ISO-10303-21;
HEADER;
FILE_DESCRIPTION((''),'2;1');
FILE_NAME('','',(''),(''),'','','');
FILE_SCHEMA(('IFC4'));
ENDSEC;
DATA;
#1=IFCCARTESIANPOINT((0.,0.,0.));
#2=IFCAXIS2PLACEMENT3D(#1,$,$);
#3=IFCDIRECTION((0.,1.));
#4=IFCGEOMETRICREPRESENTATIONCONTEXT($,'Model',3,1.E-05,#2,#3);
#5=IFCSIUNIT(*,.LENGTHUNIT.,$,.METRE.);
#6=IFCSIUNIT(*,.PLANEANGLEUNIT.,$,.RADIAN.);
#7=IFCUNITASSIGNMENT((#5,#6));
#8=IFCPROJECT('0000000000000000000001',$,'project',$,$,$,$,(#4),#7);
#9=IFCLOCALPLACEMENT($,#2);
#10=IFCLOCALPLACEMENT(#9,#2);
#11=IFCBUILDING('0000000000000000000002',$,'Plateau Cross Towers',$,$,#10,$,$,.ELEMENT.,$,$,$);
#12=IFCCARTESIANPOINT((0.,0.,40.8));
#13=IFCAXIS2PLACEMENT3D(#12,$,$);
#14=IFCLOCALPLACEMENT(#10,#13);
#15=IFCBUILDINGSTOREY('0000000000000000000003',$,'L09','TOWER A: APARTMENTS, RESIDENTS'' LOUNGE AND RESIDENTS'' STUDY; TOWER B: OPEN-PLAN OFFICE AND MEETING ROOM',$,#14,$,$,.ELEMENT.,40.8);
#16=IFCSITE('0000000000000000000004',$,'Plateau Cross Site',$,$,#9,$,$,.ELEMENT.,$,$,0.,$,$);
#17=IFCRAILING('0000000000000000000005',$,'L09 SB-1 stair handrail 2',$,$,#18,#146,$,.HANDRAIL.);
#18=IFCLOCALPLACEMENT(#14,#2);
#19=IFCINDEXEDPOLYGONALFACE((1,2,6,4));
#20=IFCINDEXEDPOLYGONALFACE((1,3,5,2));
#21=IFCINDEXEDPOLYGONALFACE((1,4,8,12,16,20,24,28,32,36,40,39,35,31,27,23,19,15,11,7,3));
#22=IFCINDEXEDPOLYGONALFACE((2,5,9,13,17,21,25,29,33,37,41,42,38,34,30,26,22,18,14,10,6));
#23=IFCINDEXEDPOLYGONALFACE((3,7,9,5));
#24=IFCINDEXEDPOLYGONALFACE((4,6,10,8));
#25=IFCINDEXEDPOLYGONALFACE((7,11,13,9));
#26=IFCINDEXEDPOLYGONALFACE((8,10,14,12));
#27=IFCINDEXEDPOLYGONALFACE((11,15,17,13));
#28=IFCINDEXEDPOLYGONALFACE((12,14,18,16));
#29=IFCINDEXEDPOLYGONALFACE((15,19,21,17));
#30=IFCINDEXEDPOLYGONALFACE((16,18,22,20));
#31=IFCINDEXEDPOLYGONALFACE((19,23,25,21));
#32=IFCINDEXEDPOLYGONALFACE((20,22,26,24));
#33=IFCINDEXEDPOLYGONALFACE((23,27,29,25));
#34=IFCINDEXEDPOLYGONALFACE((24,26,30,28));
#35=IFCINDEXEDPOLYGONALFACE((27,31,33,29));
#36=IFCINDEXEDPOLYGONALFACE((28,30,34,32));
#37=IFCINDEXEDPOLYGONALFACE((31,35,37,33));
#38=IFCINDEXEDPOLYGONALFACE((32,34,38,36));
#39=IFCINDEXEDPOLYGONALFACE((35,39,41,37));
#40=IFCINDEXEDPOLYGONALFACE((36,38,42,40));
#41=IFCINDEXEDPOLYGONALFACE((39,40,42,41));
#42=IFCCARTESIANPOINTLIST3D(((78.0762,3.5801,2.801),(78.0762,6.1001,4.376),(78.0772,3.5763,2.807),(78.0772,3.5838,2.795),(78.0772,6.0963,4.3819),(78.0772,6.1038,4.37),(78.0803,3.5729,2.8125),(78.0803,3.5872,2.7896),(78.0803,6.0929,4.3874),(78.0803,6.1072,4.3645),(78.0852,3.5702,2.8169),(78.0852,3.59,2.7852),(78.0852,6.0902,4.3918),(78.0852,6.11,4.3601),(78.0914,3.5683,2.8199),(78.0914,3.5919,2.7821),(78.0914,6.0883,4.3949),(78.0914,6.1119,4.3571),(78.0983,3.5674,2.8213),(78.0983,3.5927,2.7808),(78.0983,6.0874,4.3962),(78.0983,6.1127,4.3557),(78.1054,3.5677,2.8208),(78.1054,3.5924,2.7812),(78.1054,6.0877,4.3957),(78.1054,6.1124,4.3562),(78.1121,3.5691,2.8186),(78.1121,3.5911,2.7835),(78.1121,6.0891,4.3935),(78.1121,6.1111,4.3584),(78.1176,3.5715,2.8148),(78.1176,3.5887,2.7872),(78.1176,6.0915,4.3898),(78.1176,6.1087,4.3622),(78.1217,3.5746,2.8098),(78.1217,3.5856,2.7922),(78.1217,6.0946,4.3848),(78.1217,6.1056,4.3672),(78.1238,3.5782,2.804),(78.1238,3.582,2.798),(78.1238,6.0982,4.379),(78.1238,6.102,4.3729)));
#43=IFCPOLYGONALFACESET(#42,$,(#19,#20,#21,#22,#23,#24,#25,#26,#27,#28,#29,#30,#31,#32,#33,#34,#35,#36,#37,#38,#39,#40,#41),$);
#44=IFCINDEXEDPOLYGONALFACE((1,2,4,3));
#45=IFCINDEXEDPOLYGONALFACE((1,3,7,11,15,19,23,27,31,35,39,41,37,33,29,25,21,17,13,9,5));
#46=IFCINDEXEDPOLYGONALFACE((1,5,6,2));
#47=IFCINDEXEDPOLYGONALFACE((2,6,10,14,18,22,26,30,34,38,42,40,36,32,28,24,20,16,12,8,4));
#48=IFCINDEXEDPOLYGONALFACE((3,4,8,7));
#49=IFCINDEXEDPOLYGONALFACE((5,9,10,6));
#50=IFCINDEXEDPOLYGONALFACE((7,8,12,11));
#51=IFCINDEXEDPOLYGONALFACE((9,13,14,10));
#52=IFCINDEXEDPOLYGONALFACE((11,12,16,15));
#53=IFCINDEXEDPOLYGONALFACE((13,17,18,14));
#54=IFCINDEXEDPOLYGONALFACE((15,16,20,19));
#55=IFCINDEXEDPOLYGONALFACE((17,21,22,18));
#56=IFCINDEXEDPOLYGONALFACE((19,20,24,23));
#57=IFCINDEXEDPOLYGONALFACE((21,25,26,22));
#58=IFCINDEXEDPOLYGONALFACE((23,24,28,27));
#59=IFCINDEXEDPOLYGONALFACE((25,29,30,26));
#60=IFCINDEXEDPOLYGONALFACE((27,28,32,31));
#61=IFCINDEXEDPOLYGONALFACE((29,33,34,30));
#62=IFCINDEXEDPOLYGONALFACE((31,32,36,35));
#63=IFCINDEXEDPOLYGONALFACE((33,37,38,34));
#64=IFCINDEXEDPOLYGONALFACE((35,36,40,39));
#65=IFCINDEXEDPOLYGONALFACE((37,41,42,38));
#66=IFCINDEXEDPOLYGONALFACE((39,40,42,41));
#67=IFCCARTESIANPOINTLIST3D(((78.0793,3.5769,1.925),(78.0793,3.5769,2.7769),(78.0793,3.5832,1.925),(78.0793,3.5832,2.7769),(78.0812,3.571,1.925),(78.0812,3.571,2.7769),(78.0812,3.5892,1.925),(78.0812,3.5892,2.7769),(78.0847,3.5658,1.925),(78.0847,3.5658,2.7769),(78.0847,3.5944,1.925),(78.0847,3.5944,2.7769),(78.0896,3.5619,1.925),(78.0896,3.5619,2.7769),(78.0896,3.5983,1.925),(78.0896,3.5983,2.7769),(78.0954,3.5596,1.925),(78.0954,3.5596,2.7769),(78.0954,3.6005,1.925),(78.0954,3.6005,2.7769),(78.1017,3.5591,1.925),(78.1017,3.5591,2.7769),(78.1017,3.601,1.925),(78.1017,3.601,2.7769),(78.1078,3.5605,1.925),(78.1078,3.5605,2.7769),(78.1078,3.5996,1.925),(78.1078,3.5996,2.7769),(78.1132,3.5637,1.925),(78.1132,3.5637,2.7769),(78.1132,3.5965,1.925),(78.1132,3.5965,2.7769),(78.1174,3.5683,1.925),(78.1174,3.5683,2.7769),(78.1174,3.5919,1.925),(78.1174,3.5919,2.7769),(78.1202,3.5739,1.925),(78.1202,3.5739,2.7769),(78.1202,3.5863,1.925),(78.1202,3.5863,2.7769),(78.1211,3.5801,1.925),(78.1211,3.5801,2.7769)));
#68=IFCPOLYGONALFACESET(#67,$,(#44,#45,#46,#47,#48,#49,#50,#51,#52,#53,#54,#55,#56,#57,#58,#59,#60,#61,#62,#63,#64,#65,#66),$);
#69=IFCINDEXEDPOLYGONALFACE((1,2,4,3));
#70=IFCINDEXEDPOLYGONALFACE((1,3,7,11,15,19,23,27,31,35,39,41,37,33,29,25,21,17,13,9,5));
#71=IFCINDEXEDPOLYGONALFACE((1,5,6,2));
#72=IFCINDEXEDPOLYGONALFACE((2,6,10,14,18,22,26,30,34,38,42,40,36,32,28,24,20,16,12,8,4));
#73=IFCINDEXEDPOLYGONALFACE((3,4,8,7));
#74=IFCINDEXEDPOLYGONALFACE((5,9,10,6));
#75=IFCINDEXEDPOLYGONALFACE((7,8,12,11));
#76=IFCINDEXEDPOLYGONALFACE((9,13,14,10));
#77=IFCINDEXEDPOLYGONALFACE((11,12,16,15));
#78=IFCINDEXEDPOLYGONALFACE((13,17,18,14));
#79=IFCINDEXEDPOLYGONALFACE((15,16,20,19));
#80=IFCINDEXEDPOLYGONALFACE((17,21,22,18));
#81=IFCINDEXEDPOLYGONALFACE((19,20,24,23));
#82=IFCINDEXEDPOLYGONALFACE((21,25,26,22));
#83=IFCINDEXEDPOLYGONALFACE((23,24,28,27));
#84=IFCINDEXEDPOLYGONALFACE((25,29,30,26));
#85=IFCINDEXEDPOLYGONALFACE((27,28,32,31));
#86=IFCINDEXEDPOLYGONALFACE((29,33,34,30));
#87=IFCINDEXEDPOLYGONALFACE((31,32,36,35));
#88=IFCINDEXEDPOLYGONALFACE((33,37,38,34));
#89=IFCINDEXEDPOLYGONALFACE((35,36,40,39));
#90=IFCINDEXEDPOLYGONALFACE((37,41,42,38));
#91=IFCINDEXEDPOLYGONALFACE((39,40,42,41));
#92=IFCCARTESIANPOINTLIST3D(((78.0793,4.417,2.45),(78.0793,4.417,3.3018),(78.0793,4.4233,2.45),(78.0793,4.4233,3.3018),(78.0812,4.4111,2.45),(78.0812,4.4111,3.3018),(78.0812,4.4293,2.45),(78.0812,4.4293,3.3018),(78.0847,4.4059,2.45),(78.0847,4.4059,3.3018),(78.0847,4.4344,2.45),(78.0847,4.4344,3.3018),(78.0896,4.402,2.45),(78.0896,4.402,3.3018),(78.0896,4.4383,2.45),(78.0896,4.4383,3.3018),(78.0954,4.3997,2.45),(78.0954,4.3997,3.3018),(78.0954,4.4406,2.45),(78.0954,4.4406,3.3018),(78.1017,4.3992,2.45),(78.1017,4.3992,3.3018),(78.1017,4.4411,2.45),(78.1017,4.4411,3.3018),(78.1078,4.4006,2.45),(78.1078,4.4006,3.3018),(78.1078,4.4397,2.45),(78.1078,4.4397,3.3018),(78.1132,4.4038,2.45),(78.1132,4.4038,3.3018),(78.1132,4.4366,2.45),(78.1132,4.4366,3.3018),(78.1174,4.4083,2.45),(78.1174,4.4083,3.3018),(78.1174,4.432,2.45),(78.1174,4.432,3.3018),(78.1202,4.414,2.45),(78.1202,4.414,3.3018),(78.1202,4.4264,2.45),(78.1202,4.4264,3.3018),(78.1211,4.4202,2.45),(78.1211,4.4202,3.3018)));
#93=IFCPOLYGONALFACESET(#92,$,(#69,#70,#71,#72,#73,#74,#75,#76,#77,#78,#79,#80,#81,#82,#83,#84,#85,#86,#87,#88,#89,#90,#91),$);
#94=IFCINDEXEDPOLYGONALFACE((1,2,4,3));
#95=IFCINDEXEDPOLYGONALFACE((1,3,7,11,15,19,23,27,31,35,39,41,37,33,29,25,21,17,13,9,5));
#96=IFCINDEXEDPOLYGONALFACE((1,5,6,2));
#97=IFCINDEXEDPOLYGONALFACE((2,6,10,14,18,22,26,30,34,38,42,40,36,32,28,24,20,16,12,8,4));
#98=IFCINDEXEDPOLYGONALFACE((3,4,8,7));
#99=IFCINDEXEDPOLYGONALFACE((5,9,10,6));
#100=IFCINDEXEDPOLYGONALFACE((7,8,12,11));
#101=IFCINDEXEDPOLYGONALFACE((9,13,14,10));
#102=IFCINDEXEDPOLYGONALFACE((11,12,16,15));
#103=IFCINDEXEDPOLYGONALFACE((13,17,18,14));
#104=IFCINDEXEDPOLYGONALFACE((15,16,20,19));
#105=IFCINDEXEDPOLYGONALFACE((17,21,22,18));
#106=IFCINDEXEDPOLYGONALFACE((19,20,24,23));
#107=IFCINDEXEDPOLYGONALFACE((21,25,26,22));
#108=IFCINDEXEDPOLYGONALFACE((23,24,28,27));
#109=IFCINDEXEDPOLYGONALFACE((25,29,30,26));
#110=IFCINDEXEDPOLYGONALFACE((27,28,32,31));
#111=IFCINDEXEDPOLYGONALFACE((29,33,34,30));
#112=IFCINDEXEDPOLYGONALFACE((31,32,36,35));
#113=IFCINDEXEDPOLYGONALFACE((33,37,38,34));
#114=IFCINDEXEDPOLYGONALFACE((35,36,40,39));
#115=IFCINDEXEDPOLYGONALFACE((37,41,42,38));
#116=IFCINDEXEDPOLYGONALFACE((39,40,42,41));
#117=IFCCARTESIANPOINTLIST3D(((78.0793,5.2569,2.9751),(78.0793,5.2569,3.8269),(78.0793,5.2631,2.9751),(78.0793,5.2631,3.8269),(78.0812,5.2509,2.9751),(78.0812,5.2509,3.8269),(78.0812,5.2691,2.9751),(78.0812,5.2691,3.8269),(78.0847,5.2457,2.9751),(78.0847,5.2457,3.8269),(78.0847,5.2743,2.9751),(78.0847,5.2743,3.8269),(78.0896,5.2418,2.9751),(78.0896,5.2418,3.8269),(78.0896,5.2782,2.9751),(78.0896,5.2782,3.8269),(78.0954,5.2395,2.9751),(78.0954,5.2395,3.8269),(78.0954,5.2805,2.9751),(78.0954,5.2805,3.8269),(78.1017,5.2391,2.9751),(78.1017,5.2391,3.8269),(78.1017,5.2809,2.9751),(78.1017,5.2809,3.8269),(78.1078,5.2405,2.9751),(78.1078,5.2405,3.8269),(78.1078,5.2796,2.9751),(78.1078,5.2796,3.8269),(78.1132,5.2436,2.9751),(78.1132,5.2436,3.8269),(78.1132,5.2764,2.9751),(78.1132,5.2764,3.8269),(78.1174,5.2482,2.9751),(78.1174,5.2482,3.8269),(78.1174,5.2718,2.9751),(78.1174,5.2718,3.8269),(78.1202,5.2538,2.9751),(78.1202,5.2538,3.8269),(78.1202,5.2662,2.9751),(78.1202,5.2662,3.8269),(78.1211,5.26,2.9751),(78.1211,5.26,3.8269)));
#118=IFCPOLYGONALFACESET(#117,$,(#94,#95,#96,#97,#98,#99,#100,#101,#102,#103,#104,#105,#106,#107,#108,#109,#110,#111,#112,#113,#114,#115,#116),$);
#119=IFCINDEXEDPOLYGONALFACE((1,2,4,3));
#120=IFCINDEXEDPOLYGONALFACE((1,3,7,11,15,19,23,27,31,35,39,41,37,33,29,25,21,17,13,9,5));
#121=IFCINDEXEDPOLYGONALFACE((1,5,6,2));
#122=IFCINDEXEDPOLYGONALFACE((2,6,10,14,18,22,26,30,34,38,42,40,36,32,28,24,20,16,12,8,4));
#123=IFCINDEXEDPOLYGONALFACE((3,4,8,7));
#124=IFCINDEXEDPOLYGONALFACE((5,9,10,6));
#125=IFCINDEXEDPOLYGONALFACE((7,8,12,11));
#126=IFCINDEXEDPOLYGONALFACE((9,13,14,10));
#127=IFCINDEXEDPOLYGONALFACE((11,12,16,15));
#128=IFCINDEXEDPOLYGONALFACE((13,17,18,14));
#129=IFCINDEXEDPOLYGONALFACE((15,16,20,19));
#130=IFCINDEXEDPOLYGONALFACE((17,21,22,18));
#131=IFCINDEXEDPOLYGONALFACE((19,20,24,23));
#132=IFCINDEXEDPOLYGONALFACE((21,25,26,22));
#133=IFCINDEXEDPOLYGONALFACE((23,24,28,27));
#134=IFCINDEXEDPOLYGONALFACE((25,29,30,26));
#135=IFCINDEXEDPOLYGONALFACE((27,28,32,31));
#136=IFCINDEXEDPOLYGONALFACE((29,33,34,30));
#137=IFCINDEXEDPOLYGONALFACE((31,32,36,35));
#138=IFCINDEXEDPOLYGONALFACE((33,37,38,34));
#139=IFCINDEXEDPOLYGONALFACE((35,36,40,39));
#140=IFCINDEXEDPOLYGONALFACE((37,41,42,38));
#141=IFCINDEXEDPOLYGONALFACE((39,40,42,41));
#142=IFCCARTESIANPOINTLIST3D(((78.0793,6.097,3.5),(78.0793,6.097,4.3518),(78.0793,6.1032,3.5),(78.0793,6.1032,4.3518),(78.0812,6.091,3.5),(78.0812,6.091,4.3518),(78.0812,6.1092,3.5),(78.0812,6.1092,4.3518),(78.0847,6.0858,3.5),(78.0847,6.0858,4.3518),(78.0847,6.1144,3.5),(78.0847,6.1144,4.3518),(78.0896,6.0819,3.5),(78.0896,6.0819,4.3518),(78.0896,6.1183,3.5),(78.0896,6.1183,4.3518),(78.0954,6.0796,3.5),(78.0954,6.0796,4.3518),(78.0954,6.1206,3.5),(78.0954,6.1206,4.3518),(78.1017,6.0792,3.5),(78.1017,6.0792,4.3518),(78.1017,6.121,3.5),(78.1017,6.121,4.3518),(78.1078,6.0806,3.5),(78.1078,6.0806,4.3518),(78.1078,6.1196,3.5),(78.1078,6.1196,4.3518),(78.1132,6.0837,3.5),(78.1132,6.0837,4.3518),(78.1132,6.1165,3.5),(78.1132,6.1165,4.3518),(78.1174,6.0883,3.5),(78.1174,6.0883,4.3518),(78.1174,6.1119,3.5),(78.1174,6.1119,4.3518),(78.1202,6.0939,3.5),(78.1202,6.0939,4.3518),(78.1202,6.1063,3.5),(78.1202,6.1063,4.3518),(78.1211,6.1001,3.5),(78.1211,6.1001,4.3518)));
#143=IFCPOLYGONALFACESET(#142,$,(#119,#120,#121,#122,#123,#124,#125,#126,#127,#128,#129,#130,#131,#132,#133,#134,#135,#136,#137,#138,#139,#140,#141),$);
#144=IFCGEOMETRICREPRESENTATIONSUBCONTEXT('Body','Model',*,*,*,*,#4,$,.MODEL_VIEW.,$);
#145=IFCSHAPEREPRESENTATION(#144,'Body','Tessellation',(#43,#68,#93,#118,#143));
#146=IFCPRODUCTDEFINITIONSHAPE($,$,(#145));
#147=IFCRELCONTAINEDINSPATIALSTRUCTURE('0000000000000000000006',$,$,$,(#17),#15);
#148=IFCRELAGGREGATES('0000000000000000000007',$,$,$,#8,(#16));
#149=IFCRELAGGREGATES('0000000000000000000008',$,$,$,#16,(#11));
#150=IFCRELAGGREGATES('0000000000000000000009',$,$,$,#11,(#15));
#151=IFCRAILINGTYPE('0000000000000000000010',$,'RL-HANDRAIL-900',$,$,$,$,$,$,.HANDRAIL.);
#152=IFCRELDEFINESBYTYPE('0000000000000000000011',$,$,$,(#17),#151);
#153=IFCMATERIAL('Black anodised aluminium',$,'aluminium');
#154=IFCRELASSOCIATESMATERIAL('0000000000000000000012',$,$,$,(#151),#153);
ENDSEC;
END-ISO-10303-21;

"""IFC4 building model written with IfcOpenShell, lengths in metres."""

from ifc_helpers import new_model, si_unit, direction, frame, origin, origin_2d, place, context, subcontext, project, spatial, circle, extrude, material, type_object, element, save


model = new_model("IFC4")

# Units and contexts
model_context = context("Model", 3, precision=1e-05, world=origin(), true_north=direction((0.0, 1.0)))
body_context = subcontext(model_context, "Body", "Model", "MODEL_VIEW")
ifc_project = project(units=[si_unit("LENGTHUNIT", "METRE"), si_unit("PLANEANGLEUNIT", "RADIAN")], contexts=[model_context])

# Site, building, storey
site_placement = place(None, origin())
site = spatial("IfcSite", under=ifc_project, at=site_placement, Name="Plateau Cross Site", CompositionType="ELEMENT", RefElevation=0.0)
building_placement = place(site_placement, origin())
building = spatial("IfcBuilding", under=site, at=building_placement, Name="Plateau Cross Towers", CompositionType="ELEMENT")
storey_placement = place(building_placement, frame((0.0, 0.0, 40.8)))
storey = spatial("IfcBuildingStorey", under=building, at=storey_placement, Name="L09", Description="TOWER A: APARTMENTS, RESIDENTS' LOUNGE AND RESIDENTS' STUDY; TOWER B: OPEN-PLAN OFFICE AND MEETING ROOM", CompositionType="ELEMENT", Elevation=40.8)

# Shared definitions
ifc_material_1 = material(Name="Black anodised aluminium", Category="aluminium")

# Railing
railing_type_1 = type_object("IfcRailingType", Name="RL-HANDRAIL-900", PredefinedType="HANDRAIL", material=ifc_material_1)
railing_1_placement = place(storey_placement, frame((78.1001, 3.5801, 1.925)))
element("IfcRailing", 1, at=railing_1_placement, inside=storey, type_object=railing_type_1, Name="L09 SB-1 stair handrail 2", PredefinedType="HANDRAIL", context=body_context, shape_type="SweptSolid", body=[
    extrude(circle(Radius=0.0239, at=origin_2d()), frame((0.0, 0.0, 0.876), z_axis=(0.0, 0.848008, 0.529984), x_axis=(-1.0, 0.0, 0.0)), (0.0, 0.0, 1.0), 2.9717),
    extrude(circle(Radius=0.021, at=origin_2d()), origin(), (0.0, 0.0, 1.0), 0.8518),
    extrude(circle(Radius=0.021, at=origin_2d()), frame((0.0, 0.8401, 0.5249)), (0.0, 0.0, 1.0), 0.8518),
    extrude(circle(Radius=0.021, at=origin_2d()), frame((0.0, 1.6799, 1.05)), (0.0, 0.0, 1.0), 0.8518),
    extrude(circle(Radius=0.021, at=origin_2d()), frame((0.0, 2.52, 1.575)), (0.0, 0.0, 1.0), 0.8518),
])

save(model, "model.ifc")
